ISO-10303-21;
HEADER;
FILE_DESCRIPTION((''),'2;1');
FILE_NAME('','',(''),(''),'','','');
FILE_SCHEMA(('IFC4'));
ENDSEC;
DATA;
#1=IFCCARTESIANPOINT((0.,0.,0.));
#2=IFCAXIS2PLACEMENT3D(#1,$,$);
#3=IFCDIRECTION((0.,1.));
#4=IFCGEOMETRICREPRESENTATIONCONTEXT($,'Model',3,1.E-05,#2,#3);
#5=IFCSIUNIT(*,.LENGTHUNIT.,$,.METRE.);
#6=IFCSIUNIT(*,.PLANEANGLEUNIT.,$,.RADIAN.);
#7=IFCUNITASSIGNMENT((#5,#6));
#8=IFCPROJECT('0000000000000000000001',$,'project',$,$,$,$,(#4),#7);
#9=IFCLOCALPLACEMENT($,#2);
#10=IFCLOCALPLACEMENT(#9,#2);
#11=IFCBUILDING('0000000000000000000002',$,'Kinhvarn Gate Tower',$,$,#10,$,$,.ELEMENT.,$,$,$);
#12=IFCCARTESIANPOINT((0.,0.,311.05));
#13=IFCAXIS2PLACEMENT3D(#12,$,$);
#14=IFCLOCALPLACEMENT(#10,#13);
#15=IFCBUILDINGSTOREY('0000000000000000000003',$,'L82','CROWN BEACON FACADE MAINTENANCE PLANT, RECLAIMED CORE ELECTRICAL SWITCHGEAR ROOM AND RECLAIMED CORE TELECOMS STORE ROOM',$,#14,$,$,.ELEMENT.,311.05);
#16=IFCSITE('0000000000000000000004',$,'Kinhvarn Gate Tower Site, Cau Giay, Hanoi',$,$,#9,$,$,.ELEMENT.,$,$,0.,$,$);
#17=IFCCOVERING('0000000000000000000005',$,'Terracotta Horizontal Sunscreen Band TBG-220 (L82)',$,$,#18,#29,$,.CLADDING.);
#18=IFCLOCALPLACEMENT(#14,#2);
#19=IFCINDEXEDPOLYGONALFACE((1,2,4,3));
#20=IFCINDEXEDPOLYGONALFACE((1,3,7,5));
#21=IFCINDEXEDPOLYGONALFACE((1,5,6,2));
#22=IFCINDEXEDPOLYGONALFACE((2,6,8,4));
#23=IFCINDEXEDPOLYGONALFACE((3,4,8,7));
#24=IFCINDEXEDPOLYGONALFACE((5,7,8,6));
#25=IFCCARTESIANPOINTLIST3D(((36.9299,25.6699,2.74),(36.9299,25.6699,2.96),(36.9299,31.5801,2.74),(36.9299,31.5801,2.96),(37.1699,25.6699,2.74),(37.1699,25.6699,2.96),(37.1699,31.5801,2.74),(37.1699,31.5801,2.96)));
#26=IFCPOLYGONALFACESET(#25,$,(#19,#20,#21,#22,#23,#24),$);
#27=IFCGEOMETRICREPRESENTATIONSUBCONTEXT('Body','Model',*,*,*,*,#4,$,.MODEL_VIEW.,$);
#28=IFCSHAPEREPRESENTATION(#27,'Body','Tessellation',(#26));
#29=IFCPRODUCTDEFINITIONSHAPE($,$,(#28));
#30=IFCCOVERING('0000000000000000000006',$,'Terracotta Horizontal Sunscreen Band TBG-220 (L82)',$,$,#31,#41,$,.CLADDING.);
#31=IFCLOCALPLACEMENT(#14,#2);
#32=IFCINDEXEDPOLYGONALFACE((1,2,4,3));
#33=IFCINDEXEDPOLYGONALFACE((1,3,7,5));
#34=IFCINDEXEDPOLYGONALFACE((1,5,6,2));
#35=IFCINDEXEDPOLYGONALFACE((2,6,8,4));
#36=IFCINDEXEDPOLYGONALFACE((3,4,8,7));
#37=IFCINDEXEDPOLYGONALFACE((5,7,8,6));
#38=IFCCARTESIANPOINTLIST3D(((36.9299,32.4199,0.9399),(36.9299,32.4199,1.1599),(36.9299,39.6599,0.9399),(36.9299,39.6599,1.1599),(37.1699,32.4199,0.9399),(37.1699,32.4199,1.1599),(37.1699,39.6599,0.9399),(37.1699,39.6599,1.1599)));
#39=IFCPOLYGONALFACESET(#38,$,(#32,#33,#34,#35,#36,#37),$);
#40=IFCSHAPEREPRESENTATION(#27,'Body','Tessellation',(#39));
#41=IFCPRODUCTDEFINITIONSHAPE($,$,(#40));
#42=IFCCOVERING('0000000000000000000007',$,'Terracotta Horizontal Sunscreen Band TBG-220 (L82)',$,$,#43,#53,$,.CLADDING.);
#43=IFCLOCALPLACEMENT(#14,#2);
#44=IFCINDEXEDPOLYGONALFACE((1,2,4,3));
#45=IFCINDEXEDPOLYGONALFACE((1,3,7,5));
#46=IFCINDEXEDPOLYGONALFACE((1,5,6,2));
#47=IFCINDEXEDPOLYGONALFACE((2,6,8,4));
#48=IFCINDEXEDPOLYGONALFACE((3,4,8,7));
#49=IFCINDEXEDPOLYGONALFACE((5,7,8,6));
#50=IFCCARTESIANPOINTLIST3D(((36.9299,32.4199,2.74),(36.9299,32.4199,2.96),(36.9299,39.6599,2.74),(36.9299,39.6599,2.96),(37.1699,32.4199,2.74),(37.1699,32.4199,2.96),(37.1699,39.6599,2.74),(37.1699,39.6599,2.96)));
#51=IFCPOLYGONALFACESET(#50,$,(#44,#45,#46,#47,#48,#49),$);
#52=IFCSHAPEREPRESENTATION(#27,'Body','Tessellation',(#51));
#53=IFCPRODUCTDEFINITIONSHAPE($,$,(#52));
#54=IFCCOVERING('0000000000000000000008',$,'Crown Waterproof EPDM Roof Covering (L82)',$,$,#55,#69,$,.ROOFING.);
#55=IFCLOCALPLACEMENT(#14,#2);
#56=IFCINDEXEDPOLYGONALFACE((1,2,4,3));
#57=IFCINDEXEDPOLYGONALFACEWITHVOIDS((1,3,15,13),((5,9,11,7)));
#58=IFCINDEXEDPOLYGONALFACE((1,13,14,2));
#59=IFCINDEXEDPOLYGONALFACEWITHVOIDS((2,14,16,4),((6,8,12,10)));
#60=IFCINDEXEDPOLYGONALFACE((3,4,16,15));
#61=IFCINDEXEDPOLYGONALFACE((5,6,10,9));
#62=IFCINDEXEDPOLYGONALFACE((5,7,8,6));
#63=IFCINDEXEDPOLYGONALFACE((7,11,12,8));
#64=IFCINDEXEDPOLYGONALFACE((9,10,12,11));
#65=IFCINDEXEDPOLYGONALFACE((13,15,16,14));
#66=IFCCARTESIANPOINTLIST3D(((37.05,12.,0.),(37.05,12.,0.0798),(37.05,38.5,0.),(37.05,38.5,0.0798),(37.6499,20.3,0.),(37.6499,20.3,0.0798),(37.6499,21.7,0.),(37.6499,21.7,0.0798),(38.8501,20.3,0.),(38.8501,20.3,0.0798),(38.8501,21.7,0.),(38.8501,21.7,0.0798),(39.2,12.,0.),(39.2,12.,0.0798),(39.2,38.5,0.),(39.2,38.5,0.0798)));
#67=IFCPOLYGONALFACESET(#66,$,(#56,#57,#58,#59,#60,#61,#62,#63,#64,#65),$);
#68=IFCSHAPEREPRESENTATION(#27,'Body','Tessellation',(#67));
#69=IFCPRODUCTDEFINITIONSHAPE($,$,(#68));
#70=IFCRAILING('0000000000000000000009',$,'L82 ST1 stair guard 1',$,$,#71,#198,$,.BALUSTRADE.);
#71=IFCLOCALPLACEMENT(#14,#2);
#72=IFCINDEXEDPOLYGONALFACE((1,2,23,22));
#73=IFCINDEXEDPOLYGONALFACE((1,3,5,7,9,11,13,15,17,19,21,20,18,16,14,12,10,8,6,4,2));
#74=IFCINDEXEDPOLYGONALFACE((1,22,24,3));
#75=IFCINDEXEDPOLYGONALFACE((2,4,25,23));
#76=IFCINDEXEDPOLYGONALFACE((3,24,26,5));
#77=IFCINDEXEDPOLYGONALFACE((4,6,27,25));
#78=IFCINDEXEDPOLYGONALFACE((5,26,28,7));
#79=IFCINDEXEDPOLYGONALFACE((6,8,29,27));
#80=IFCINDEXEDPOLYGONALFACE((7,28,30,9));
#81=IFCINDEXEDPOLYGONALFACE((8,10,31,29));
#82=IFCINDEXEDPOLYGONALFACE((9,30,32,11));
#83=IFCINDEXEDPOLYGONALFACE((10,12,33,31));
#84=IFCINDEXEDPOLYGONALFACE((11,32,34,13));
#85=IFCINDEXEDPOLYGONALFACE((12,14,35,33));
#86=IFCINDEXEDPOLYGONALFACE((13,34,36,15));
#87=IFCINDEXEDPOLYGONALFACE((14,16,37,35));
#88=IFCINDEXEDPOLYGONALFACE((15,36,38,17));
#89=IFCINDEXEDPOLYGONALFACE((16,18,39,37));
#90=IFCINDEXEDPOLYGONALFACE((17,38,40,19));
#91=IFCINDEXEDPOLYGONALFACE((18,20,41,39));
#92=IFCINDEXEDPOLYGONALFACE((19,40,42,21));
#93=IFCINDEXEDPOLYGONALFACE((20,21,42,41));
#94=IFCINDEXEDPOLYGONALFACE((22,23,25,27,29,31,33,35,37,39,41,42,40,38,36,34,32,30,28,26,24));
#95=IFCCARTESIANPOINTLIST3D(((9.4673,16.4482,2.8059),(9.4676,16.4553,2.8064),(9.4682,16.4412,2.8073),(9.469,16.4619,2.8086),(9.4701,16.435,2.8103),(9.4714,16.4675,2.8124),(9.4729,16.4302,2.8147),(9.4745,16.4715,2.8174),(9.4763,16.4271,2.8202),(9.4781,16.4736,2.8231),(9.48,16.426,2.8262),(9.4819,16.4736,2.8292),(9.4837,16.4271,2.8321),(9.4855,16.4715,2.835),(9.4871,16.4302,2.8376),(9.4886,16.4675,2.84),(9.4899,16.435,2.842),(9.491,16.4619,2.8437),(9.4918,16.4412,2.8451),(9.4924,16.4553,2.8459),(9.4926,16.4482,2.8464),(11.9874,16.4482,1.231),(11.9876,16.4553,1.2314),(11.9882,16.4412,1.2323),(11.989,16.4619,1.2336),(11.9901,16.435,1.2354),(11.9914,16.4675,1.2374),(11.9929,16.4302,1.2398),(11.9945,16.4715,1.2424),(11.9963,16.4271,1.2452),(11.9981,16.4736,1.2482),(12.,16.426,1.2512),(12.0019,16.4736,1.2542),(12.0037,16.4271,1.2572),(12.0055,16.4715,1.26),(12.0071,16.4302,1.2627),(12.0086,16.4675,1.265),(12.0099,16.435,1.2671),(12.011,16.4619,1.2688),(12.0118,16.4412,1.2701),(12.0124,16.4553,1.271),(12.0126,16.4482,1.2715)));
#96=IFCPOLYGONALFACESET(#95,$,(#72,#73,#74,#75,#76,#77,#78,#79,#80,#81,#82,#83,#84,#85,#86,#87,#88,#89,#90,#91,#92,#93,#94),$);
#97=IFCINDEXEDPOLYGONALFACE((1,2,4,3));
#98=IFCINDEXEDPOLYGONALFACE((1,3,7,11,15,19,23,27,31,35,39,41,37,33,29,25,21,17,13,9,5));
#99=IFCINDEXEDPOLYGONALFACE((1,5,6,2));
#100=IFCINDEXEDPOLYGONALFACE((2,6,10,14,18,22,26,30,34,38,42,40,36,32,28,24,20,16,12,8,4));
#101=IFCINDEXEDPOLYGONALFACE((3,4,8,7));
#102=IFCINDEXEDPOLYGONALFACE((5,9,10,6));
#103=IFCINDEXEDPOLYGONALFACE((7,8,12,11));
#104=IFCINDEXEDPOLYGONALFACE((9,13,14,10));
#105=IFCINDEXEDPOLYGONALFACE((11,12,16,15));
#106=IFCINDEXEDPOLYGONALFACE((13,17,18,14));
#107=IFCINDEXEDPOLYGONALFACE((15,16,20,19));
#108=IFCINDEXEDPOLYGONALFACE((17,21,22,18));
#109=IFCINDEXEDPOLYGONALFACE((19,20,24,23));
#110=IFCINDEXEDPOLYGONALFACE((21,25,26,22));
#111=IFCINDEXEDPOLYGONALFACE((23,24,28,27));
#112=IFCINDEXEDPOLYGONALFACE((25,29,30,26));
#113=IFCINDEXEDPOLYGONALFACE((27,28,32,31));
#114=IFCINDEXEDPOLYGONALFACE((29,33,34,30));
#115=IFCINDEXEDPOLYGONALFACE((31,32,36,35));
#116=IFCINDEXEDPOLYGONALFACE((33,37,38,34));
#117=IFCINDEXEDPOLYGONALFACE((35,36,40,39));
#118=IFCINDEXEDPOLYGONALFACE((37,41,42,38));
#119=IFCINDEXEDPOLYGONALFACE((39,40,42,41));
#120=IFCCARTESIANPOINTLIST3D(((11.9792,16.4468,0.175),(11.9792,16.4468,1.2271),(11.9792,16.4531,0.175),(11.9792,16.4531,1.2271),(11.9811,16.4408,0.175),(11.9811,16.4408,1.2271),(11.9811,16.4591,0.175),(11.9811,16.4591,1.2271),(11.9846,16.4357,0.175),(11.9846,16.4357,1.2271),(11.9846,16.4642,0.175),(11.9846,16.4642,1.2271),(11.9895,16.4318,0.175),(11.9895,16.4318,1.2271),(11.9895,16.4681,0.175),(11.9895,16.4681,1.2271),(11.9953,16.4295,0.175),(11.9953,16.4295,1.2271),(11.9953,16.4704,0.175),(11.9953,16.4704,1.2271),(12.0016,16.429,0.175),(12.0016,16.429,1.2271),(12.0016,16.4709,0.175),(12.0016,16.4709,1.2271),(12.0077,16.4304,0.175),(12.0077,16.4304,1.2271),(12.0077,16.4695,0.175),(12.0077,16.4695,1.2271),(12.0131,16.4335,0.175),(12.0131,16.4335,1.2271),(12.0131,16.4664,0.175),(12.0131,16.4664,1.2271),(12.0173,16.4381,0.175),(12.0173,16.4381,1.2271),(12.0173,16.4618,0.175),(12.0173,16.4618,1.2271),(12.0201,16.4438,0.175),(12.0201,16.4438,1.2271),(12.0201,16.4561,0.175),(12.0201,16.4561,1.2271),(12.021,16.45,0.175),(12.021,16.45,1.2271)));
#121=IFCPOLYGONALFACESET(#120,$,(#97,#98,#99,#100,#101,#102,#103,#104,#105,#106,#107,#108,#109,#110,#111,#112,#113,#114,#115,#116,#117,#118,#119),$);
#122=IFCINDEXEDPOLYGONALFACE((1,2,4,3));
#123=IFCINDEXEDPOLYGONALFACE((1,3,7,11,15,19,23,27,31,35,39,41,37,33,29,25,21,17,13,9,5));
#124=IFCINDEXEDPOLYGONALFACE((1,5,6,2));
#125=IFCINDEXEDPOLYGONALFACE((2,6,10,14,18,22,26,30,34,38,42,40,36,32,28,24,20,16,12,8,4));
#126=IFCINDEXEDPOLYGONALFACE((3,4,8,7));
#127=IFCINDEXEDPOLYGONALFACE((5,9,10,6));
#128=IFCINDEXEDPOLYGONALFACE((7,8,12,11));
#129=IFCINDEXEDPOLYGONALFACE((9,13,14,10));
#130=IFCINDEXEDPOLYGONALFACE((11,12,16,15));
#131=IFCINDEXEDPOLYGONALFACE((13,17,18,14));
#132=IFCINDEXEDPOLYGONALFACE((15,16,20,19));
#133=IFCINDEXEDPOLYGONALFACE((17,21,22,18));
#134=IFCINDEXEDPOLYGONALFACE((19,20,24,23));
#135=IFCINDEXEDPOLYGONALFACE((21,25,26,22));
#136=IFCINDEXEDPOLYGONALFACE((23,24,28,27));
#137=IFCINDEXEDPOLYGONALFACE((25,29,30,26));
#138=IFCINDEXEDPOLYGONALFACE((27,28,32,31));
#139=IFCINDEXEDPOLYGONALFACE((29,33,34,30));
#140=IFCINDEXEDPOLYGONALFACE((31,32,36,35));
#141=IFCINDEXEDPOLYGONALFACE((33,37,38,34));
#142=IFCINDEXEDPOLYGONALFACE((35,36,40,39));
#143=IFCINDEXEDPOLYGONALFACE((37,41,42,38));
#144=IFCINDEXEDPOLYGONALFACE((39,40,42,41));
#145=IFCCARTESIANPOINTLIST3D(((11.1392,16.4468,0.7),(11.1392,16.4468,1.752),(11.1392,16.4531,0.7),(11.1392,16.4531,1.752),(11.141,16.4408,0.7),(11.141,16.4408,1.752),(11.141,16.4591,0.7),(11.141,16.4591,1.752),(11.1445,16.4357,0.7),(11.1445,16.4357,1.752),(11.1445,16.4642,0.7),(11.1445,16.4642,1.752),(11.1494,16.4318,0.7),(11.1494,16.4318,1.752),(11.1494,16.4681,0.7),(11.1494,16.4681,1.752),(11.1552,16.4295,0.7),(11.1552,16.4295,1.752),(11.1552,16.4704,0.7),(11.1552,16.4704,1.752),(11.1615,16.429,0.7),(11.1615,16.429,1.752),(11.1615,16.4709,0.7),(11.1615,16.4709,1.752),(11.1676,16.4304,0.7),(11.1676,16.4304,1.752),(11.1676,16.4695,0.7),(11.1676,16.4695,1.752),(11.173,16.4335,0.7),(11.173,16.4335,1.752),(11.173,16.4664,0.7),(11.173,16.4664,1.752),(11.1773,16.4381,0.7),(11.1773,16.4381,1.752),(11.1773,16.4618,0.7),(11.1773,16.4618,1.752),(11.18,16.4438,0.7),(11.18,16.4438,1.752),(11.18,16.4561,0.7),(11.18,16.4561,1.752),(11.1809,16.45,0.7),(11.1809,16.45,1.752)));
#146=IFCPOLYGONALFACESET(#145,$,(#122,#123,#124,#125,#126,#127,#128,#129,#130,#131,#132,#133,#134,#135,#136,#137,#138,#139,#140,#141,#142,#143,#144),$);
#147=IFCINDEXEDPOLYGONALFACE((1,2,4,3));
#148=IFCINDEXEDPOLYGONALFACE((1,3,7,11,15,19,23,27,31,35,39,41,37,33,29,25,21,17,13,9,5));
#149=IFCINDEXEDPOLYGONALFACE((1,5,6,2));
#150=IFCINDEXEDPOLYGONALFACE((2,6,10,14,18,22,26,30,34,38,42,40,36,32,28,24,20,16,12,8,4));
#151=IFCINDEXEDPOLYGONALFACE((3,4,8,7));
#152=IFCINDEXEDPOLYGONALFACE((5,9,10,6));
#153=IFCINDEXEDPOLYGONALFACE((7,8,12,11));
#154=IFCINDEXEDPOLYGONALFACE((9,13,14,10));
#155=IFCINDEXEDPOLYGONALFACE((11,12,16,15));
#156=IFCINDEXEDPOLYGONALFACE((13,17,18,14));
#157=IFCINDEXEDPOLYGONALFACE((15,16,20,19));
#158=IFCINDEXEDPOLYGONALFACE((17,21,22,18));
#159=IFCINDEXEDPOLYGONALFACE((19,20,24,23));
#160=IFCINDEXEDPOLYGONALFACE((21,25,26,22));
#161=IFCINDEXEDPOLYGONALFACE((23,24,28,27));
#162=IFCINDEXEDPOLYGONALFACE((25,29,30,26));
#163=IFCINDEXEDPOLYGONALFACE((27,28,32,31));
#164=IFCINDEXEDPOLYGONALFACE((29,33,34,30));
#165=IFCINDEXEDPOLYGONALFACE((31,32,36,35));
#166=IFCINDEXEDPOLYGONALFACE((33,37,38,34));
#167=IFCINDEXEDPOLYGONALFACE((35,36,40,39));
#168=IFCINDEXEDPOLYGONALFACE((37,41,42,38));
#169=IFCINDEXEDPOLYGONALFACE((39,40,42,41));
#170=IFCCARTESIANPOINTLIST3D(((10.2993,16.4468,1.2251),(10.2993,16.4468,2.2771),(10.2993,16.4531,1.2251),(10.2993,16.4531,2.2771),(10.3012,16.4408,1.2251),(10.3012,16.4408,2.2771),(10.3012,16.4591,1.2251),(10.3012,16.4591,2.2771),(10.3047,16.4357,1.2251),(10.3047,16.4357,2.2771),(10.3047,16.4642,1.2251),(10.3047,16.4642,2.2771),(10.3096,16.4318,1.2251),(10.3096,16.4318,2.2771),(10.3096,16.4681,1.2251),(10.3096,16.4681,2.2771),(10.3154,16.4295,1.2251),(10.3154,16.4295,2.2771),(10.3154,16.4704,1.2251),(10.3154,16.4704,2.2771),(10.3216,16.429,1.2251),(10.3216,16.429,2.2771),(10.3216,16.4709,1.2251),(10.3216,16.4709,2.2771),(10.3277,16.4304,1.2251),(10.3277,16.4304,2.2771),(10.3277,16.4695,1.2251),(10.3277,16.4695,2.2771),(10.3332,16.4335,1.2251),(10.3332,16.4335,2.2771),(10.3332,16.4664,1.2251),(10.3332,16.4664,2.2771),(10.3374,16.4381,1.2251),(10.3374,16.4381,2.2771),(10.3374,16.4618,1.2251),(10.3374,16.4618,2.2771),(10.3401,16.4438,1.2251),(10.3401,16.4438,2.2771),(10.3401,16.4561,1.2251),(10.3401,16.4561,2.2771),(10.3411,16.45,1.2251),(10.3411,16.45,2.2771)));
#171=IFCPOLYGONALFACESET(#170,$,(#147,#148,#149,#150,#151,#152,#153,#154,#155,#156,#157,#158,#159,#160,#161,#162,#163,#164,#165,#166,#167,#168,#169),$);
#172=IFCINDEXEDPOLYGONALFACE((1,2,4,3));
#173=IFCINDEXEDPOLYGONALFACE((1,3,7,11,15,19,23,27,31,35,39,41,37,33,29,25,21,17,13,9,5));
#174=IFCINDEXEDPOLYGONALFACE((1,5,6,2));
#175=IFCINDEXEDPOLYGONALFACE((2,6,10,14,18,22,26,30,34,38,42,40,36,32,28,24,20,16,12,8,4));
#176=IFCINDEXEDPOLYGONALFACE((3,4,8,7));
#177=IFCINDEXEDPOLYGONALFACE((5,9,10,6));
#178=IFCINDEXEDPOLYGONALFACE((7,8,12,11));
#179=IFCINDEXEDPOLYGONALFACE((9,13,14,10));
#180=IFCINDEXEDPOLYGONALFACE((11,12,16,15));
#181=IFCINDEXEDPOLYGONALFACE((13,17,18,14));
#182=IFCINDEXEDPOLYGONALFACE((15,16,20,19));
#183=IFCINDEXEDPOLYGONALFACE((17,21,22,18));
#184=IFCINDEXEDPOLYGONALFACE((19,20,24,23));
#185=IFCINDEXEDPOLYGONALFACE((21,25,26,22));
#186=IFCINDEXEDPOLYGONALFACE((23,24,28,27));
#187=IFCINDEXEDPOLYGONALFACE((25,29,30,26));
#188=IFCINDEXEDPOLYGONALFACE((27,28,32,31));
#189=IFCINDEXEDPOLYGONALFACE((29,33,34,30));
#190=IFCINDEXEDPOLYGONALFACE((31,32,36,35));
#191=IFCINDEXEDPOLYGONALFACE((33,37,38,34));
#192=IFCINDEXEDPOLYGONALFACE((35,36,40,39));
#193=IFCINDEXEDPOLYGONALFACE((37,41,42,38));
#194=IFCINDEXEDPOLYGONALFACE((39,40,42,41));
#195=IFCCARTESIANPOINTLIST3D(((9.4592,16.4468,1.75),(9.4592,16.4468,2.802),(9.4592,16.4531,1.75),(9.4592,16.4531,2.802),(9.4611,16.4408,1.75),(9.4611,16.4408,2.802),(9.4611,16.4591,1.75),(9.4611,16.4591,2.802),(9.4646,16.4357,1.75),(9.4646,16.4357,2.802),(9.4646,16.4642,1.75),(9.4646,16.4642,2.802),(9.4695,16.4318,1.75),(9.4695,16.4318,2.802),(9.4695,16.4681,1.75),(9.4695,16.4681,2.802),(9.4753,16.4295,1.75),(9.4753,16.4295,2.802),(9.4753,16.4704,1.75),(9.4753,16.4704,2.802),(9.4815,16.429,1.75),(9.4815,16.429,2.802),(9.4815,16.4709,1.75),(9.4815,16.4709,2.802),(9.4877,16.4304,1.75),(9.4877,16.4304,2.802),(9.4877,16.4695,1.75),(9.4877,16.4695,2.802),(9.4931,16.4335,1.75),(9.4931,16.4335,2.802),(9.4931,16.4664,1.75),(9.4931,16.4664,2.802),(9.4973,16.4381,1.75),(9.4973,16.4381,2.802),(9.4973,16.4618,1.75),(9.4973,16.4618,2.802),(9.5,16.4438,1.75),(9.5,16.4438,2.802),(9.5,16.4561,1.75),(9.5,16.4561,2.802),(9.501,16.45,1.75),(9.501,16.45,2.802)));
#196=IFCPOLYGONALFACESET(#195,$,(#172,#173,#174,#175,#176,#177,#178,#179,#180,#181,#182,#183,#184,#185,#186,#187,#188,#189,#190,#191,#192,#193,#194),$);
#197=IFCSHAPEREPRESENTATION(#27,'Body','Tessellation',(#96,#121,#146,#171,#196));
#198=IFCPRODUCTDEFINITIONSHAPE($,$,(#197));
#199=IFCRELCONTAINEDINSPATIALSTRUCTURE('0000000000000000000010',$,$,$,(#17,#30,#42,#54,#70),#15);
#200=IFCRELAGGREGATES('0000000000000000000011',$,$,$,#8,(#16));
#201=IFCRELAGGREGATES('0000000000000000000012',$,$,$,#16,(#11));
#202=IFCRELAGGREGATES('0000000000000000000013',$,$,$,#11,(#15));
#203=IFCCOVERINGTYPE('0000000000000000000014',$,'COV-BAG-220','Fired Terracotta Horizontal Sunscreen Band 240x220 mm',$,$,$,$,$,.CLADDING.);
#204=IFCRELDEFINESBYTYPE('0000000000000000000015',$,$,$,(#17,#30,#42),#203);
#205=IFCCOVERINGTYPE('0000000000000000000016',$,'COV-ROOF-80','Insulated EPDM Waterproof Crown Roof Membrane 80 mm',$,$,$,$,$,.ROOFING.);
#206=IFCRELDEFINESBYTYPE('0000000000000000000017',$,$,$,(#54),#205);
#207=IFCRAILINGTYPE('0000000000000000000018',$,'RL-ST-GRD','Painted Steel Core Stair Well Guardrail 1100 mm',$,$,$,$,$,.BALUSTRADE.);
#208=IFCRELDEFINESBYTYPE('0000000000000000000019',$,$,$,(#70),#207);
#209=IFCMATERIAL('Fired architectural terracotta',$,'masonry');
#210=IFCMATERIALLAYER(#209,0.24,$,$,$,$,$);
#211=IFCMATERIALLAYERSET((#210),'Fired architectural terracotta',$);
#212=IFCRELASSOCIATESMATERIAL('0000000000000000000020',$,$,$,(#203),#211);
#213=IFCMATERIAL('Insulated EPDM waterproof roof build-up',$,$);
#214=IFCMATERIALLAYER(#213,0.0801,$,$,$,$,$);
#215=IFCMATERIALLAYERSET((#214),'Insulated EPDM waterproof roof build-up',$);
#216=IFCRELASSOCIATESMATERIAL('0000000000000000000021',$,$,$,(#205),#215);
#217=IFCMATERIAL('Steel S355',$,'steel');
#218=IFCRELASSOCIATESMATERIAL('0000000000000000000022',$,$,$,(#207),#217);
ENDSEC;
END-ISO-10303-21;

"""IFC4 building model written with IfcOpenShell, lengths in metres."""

from ifc_helpers import new_model, si_unit, direction, frame, origin, origin_2d, place, context, subcontext, project, spatial, polyline, circle, outline, extrude, material, layer, layer_set, type_object, element, save


model = new_model("IFC4")

# Units and contexts
model_context = context("Model", 3, precision=1e-05, world=origin(), true_north=direction((0.0, 1.0)))
body_context = subcontext(model_context, "Body", "Model", "MODEL_VIEW")
ifc_project = project(units=[si_unit("LENGTHUNIT", "METRE"), si_unit("PLANEANGLEUNIT", "RADIAN")], contexts=[model_context])

# Site, building, storey
site_placement = place(None, origin())
site = spatial("IfcSite", under=ifc_project, at=site_placement, Name="Kinhvarn Gate Tower Site, Cau Giay, Hanoi", CompositionType="ELEMENT", RefElevation=0.0)
building_placement = place(site_placement, origin())
building = spatial("IfcBuilding", under=site, at=building_placement, Name="Kinhvarn Gate Tower", CompositionType="ELEMENT")
storey_placement = place(building_placement, frame((0.0, 0.0, 311.05)))
storey = spatial("IfcBuildingStorey", under=building, at=storey_placement, Name="L82", Description="CROWN BEACON FACADE MAINTENANCE PLANT, RECLAIMED CORE ELECTRICAL SWITCHGEAR ROOM AND RECLAIMED CORE TELECOMS STORE ROOM", CompositionType="ELEMENT", Elevation=311.05)

# Shared definitions
ifc_material_1 = material(Name="Fired architectural terracotta", Category="masonry")

# Coverings
ifc_layer_1 = layer(ifc_material_1, 0.24)
ifc_layer_set_1 = layer_set([ifc_layer_1], Name="Fired architectural terracotta")
covering_type_1 = type_object("IfcCoveringType", Name="COV-BAG-220", Description="Fired Terracotta Horizontal Sunscreen Band 240x220 mm", PredefinedType="CLADDING", material=ifc_layer_set_1)
for number, where, name in (
    (1, (0.0, 0.0, 2.74), "Terracotta Horizontal Sunscreen Band TBG-220 (L82)"),
):
    element("IfcCovering", number, at=place(storey_placement, frame(where)), inside=storey, type_object=covering_type_1, Name=name, PredefinedType="CLADDING", context=body_context, shape_type="SweptSolid", body=[
        extrude(outline(polyline([(36.9299, 25.6699), (36.9299, 31.5801), (37.1699, 31.5801), (37.1699, 25.6699), (36.9299, 25.6699)])), origin(), (0.0, 0.0, 1.0), 0.22),
    ])
for number, where, name in (
    (2, (0.0, 0.0, 0.9399), "Terracotta Horizontal Sunscreen Band TBG-220 (L82)"),
    (3, (0.0, 0.0, 2.74), "Terracotta Horizontal Sunscreen Band TBG-220 (L82)"),
):
    element("IfcCovering", number, at=place(storey_placement, frame(where)), inside=storey, type_object=covering_type_1, Name=name, PredefinedType="CLADDING", context=body_context, shape_type="SweptSolid", body=[
        extrude(outline(polyline([(36.9299, 32.4199), (36.9299, 39.6599), (37.1699, 39.6599), (37.1699, 32.4199), (36.9299, 32.4199)])), origin(), (0.0, 0.0, 1.0), 0.22),
    ])
ifc_material_2 = material(Name="Insulated EPDM waterproof roof build-up")
ifc_layer_2 = layer(ifc_material_2, 0.0801)
ifc_layer_set_2 = layer_set([ifc_layer_2], Name="Insulated EPDM waterproof roof build-up")
covering_type_2 = type_object("IfcCoveringType", Name="COV-ROOF-80", Description="Insulated EPDM Waterproof Crown Roof Membrane 80 mm", PredefinedType="ROOFING", material=ifc_layer_set_2)
covering_placement = place(storey_placement, origin())
element("IfcCovering", 4, at=covering_placement, inside=storey, type_object=covering_type_2, Name="Crown Waterproof EPDM Roof Covering (L82)", PredefinedType="ROOFING", context=body_context, shape_type="SweptSolid", body=[
    extrude(outline(polyline([(37.05, 12.0), (37.05, 38.5), (39.2, 38.5), (39.2, 12.0), (37.05, 12.0)]), holes=[polyline([(38.8501, 21.7), (37.6499, 21.7), (37.6499, 20.3), (38.8501, 20.3), (38.8501, 21.7)])]), origin(), (0.0, 0.0, 1.0), 0.0798),
])

# Railing
ifc_material_3 = material(Name="Steel S355", Category="steel")
railing_type_1 = type_object("IfcRailingType", Name="RL-ST-GRD", Description="Painted Steel Core Stair Well Guardrail 1100 mm", PredefinedType="BALUSTRADE", material=ifc_material_3)
railing_1_placement = place(storey_placement, frame((12.0, 16.45, 0.175)))
element("IfcRailing", 5, at=railing_1_placement, inside=storey, type_object=railing_type_1, Name="L82 ST1 stair guard 1", PredefinedType="BALUSTRADE", context=body_context, shape_type="SweptSolid", body=[
    extrude(circle(Radius=0.0239, at=origin_2d()), frame((0.0, 0.0, 1.0762), z_axis=(-0.848008, 0.0, 0.529984), x_axis=(0.0, -1.0, 0.0)), (0.0, 0.0, 1.0), 2.9717),
    extrude(circle(Radius=0.021, at=origin_2d()), origin(), (0.0, 0.0, 1.0), 1.052),
    extrude(circle(Radius=0.021, at=origin_2d()), frame((-0.8401, 0.0, 0.5249)), (0.0, 0.0, 1.0), 1.052),
    extrude(circle(Radius=0.021, at=origin_2d()), frame((-1.6799, 0.0, 1.05)), (0.0, 0.0, 1.0), 1.052),
    extrude(circle(Radius=0.021, at=origin_2d()), frame((-2.52, 0.0, 1.575)), (0.0, 0.0, 1.0), 1.052),
])

save(model, "model.ifc")
